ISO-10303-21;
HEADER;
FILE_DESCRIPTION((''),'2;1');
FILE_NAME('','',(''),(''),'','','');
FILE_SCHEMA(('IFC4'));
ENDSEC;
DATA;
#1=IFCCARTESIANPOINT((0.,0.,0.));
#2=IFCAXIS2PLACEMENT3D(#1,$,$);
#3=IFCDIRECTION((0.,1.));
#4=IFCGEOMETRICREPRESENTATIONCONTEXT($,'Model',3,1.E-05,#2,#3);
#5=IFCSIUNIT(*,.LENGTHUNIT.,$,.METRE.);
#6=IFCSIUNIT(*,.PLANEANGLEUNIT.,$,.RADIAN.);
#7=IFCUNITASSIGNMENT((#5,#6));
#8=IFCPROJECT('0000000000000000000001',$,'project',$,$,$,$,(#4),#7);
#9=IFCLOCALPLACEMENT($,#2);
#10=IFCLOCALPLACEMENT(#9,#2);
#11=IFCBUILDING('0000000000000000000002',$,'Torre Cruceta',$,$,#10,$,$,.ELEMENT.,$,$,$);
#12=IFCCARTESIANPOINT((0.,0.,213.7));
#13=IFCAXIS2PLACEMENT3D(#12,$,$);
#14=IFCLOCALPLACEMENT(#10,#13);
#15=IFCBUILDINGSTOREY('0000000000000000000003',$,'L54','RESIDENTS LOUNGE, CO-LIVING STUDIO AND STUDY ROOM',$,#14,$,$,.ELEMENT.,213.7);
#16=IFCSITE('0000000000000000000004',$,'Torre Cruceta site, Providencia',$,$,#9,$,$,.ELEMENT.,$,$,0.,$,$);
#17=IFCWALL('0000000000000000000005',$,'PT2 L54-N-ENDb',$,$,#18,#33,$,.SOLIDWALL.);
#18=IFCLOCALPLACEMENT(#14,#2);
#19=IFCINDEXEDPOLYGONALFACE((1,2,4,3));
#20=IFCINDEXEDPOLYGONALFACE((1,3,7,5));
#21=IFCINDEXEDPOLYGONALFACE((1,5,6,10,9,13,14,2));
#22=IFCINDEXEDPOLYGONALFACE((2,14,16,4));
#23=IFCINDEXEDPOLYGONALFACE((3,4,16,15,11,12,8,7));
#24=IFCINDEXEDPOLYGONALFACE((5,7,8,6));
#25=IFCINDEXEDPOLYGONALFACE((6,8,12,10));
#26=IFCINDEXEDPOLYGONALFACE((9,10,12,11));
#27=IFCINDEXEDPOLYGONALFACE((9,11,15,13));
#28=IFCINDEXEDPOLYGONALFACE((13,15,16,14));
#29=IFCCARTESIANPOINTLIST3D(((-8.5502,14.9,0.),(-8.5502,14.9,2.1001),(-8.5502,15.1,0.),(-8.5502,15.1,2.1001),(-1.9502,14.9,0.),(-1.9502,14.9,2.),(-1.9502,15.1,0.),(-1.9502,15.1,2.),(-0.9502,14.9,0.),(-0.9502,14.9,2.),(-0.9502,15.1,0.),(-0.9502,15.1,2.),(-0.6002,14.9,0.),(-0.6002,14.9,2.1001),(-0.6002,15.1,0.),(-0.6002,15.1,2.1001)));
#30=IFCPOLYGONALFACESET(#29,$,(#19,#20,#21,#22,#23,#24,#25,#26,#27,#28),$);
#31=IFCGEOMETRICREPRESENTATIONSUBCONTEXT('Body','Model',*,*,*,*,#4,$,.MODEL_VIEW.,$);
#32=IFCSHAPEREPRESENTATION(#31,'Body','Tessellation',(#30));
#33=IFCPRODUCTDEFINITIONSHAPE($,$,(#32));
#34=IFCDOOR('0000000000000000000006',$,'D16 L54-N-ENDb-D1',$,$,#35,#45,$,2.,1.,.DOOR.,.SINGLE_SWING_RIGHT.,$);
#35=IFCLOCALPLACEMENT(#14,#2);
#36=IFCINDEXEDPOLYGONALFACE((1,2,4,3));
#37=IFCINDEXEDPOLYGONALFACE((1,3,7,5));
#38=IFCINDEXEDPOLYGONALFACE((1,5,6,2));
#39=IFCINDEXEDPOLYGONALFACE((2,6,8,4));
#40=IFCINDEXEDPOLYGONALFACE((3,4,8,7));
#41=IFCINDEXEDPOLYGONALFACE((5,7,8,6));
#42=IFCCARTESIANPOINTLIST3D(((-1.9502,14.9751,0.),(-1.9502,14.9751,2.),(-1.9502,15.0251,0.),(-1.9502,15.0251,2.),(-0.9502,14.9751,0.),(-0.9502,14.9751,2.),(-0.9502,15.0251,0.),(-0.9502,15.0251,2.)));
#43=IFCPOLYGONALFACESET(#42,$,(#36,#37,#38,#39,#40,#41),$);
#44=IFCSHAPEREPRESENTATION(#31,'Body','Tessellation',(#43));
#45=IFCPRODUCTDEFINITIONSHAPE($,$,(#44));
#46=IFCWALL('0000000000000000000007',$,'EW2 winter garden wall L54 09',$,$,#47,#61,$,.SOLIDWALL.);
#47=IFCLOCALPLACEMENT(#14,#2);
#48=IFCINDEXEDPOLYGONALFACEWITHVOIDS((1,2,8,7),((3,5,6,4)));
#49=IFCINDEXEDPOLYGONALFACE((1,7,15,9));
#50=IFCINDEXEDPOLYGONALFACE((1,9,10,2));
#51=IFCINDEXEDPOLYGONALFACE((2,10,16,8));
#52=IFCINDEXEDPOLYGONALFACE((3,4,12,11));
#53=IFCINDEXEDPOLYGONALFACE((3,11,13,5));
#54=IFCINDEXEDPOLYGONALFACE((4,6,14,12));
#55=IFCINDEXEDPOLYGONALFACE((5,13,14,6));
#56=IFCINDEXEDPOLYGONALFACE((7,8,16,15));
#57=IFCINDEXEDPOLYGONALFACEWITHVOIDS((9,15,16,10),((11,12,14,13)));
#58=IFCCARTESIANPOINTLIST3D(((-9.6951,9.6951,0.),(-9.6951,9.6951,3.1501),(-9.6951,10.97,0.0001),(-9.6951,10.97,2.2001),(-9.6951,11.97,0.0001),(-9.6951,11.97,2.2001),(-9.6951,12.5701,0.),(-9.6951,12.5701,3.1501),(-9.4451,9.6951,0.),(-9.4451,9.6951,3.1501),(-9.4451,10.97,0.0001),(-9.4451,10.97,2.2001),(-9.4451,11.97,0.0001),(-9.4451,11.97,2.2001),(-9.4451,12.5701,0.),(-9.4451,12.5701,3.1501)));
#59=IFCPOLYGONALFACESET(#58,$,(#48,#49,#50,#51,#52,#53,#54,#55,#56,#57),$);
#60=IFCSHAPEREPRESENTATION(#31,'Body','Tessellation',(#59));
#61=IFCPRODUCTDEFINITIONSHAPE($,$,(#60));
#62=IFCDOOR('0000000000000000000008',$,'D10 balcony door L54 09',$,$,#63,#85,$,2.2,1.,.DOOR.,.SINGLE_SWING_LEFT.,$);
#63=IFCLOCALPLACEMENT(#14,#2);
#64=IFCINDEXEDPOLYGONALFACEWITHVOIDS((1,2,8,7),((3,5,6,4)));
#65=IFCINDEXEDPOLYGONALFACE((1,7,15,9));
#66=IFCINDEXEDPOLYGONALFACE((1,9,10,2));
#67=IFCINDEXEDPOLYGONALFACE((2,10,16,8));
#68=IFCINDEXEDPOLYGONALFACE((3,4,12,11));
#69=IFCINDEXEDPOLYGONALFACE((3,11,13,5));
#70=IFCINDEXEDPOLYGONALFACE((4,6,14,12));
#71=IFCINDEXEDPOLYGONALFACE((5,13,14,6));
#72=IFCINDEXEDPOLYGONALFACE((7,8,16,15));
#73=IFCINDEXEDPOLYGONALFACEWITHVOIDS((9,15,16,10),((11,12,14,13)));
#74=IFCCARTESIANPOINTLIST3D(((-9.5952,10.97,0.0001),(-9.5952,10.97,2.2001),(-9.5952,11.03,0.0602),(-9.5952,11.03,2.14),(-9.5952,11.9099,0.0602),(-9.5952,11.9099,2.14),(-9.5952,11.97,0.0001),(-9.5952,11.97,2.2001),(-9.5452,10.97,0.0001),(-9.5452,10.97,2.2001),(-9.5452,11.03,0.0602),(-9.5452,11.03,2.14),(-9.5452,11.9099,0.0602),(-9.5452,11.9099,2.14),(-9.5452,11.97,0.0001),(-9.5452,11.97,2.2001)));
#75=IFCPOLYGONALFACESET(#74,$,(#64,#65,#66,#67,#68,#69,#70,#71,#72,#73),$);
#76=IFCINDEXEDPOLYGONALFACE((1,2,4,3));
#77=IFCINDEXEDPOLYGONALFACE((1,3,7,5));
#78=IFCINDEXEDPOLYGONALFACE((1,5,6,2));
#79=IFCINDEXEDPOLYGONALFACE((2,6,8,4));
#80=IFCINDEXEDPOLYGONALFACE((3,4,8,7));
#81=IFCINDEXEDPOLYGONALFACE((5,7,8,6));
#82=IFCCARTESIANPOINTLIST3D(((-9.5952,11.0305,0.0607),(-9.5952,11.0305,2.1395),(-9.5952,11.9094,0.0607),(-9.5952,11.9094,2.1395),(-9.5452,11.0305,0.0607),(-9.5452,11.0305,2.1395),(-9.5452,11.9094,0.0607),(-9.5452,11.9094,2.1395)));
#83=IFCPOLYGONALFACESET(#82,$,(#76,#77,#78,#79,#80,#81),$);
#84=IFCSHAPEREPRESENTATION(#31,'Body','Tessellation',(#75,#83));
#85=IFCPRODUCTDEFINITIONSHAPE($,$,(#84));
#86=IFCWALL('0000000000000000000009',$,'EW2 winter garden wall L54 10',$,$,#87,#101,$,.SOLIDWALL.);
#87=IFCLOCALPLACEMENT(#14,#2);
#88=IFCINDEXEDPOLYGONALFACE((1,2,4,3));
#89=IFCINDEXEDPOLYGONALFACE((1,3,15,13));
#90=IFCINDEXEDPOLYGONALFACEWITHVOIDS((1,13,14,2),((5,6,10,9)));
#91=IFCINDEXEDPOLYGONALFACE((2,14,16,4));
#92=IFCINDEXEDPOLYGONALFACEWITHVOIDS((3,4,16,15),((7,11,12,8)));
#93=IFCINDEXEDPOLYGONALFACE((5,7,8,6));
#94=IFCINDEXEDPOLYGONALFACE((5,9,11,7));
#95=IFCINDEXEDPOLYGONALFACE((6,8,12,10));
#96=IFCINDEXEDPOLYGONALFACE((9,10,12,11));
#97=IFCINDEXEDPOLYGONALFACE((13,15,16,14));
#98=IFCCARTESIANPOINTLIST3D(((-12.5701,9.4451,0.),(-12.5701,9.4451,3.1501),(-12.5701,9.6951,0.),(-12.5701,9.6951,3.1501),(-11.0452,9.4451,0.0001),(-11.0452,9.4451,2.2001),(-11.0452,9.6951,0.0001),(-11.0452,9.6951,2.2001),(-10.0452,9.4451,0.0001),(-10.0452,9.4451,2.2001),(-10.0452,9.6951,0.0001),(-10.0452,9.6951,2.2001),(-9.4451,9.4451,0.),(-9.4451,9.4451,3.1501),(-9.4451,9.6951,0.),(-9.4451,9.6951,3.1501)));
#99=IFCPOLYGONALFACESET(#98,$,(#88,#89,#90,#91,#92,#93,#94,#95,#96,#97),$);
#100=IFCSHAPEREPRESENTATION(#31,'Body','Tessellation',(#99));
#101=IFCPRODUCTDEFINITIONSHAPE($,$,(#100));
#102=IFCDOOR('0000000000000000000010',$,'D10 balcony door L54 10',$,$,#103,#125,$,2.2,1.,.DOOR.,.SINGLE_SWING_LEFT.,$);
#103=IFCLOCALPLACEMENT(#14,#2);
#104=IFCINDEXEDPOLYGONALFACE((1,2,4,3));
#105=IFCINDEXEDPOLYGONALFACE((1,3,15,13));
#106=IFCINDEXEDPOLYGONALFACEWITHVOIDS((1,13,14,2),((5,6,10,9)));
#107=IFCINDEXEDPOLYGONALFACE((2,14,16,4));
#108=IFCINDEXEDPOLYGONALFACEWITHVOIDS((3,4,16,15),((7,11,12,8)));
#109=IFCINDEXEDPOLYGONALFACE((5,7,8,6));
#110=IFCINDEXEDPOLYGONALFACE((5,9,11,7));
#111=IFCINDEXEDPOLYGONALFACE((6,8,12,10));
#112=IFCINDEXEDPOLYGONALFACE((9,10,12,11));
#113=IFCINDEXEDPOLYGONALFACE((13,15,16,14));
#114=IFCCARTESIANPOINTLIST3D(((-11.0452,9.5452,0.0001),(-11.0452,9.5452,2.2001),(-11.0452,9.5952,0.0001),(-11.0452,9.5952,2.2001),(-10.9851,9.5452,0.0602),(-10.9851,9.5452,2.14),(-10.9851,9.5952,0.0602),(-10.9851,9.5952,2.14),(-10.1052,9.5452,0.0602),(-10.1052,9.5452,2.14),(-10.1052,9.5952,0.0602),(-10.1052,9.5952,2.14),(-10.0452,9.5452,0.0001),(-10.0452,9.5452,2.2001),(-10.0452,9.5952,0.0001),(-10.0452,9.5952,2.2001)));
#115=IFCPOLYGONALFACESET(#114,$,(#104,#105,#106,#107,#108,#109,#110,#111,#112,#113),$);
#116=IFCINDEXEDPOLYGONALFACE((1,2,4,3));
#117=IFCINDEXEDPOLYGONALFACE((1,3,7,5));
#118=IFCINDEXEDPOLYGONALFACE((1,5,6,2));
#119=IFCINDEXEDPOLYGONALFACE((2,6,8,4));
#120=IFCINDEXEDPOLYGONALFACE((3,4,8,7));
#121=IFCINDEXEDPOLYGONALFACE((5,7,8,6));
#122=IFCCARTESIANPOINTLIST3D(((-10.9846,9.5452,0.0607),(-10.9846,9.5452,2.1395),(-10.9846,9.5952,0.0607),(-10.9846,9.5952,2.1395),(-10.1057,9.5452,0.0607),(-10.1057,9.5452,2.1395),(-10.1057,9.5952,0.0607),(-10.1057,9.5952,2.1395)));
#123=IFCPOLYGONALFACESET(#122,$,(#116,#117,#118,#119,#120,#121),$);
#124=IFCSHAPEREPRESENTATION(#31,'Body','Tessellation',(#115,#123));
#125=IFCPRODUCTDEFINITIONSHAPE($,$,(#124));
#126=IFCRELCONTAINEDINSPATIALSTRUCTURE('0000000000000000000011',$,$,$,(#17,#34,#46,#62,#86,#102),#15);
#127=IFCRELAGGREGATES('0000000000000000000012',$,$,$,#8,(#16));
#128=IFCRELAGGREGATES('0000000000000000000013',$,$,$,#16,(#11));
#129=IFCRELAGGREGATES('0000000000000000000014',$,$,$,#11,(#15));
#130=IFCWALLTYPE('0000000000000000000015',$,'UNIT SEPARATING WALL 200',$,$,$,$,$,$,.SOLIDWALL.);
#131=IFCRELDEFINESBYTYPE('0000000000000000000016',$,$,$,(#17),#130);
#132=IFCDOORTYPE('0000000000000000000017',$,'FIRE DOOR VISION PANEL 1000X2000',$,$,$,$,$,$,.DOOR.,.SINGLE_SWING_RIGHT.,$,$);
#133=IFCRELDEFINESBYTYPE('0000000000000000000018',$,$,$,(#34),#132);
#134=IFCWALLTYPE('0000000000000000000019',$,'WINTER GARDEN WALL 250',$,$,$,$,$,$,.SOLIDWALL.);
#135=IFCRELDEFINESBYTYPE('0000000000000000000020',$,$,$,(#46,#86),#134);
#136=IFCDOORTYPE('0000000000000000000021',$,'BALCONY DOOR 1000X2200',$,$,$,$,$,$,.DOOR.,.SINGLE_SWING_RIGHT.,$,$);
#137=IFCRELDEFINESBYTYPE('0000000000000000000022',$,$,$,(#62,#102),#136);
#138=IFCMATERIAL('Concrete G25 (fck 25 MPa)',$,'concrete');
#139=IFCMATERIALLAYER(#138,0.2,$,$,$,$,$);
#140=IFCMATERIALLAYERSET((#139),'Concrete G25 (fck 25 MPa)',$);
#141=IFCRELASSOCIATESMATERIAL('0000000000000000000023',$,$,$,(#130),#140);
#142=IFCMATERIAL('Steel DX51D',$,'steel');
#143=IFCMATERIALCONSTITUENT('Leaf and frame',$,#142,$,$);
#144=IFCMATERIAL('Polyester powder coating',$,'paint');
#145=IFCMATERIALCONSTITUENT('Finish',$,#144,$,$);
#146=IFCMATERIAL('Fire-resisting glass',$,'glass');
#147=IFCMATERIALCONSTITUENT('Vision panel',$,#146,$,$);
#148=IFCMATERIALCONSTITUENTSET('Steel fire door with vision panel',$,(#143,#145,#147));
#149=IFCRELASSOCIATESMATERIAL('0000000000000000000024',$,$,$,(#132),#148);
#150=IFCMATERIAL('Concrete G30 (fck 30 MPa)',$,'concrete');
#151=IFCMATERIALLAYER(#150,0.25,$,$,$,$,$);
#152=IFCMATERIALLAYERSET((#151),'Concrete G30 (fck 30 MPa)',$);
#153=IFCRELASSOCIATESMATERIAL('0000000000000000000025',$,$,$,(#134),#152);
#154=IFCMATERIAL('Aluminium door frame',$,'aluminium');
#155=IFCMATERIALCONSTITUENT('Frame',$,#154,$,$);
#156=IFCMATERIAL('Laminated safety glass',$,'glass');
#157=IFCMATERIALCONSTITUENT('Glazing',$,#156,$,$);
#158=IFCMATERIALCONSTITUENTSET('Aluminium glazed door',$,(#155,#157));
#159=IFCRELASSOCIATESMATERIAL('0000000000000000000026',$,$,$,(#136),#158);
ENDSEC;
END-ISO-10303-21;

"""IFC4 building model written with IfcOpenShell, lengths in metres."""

from ifc_helpers import new_model, si_unit, direction, frame, frame_2d, origin, place, context, subcontext, project, spatial, rectangle, hollow_rectangle, extrude, material, layer, layer_set, constituent, constituent_set, type_object, element, fill, save


model = new_model("IFC4")

# Units and contexts
model_context = context("Model", 3, precision=1e-05, world=origin(), true_north=direction((0.0, 1.0)))
body_context = subcontext(model_context, "Body", "Model", "MODEL_VIEW")
ifc_project = project(units=[si_unit("LENGTHUNIT", "METRE"), si_unit("PLANEANGLEUNIT", "RADIAN")], contexts=[model_context])

# Site, building, storey
site_placement = place(None, origin())
site = spatial("IfcSite", under=ifc_project, at=site_placement, Name="Torre Cruceta site, Providencia", CompositionType="ELEMENT", RefElevation=0.0)
building_placement = place(site_placement, origin())
building = spatial("IfcBuilding", under=site, at=building_placement, Name="Torre Cruceta", CompositionType="ELEMENT")
storey_placement = place(building_placement, frame((0.0, 0.0, 213.7)))
storey = spatial("IfcBuildingStorey", under=building, at=storey_placement, Name="L54", Description="RESIDENTS LOUNGE, CO-LIVING STUDIO AND STUDY ROOM", CompositionType="ELEMENT", Elevation=213.7)

# Walls, openings, doors
ifc_material_1 = material(Name="Concrete G25 (fck 25 MPa)", Category="concrete")
ifc_layer_1 = layer(ifc_material_1, 0.2)
ifc_layer_set_1 = layer_set([ifc_layer_1], Name="Concrete G25 (fck 25 MPa)")
wall_type_1 = type_object("IfcWallType", Name="UNIT SEPARATING WALL 200", PredefinedType="SOLIDWALL", material=ifc_layer_set_1)
wall_1_placement = place(storey_placement, frame((-0.6001, 15.0, 0.0), z_axis=(0.0, 0.0, 1.0), x_axis=(-1.0, 0.0, 0.0)))
wall_1 = element("IfcWall", 1, at=wall_1_placement, inside=storey, type_object=wall_type_1, Name="PT2 L54-N-ENDb", PredefinedType="SOLIDWALL", context=body_context, shape_type="SweptSolid", body=[
    extrude(rectangle(XDim=7.95, YDim=0.2, at=frame_2d((3.9751, 0.0))), origin(), (0.0, 0.0, 1.0), 2.1001),
])
opening_1_placement = place(wall_1_placement, frame((0.3501, 0.0, 0.0)))
opening_1 = element("IfcOpeningElement", 2, at=opening_1_placement, cuts=wall_1, PredefinedType="OPENING", context=body_context, shape_type="SweptSolid", body=[
    extrude(rectangle(XDim=1.0, YDim=2.0, at=frame_2d((0.5, 1.0))), frame((0.0, 0.1099, 0.0), z_axis=(0.0, -1.0, 0.0), x_axis=(1.0, 0.0, 0.0)), (0.0, 0.0, 1.0), 0.22),
])
ifc_material_2 = material(Name="Steel DX51D", Category="steel")
ifc_constituent_1 = constituent(ifc_material_2, Name="Leaf and frame")
ifc_material_3 = material(Name="Polyester powder coating", Category="paint")
ifc_constituent_2 = constituent(ifc_material_3, Name="Finish")
ifc_material_4 = material(Name="Fire-resisting glass", Category="glass")
ifc_constituent_3 = constituent(ifc_material_4, Name="Vision panel")
ifc_constituent_set_1 = constituent_set(constituents=[ifc_constituent_1, ifc_constituent_2, ifc_constituent_3], Name="Steel fire door with vision panel")
door_type_1 = type_object("IfcDoorType", Name="FIRE DOOR VISION PANEL 1000X2000", OperationType="SINGLE_SWING_RIGHT", PredefinedType="DOOR", material=ifc_constituent_set_1)
door_1_placement = place(opening_1_placement, frame((1.0, 0.0, 0.0), z_axis=(0.0, 0.0, 1.0), x_axis=(-1.0, 0.0, 0.0)))
door_1 = element("IfcDoor", 3, at=door_1_placement, inside=storey, type_object=door_type_1, Name="D16 L54-N-ENDb-D1", OperationType="SINGLE_SWING_RIGHT", OverallHeight=2.0, OverallWidth=1.0, PredefinedType="DOOR", context=body_context, shape_type="SweptSolid", body=[
    extrude(rectangle(XDim=1.0, YDim=2.0, at=frame_2d((0.5, 1.0))), frame((0.0, 0.0251, 0.0), z_axis=(0.0, -1.0, 0.0), x_axis=(1.0, 0.0, 0.0)), (0.0, 0.0, 1.0), 0.05),
])
fill(opening_1, door_1)
ifc_material_5 = material(Name="Concrete G30 (fck 30 MPa)", Category="concrete")
ifc_layer_2 = layer(ifc_material_5, 0.25)
ifc_layer_set_2 = layer_set([ifc_layer_2], Name="Concrete G30 (fck 30 MPa)")
wall_type_2 = type_object("IfcWallType", Name="WINTER GARDEN WALL 250", PredefinedType="SOLIDWALL", material=ifc_layer_set_2)
wall_2_placement = place(storey_placement, frame((-9.5701, 12.5701, 0.0), z_axis=(0.0, 0.0, 1.0), x_axis=(0.0, -1.0, 0.0)))
wall_2 = element("IfcWall", 4, at=wall_2_placement, inside=storey, type_object=wall_type_2, Name="EW2 winter garden wall L54 09", PredefinedType="SOLIDWALL", context=body_context, shape_type="SweptSolid", body=[
    extrude(rectangle(XDim=2.875, YDim=0.25, at=frame_2d((1.4375, 0.0))), origin(), (0.0, 0.0, 1.0), 3.1501),
])
opening_2_placement = place(wall_2_placement, frame((0.6001, 0.0, 0.0)))
opening_2 = element("IfcOpeningElement", 5, at=opening_2_placement, cuts=wall_2, PredefinedType="OPENING", context=body_context, shape_type="SweptSolid", body=[
    extrude(rectangle(XDim=1.0, YDim=2.2, at=frame_2d((0.5, 1.1001))), frame((0.0, 0.135, 0.0), z_axis=(0.0, -1.0, 0.0), x_axis=(1.0, 0.0, 0.0)), (0.0, 0.0, 1.0), 0.27),
])
ifc_material_6 = material(Name="Aluminium door frame", Category="aluminium")
ifc_constituent_4 = constituent(ifc_material_6, Name="Frame")
ifc_material_7 = material(Name="Laminated safety glass", Category="glass")
ifc_constituent_5 = constituent(ifc_material_7, Name="Glazing")
ifc_constituent_set_2 = constituent_set(constituents=[ifc_constituent_4, ifc_constituent_5], Name="Aluminium glazed door")
door_type_2 = type_object("IfcDoorType", Name="BALCONY DOOR 1000X2200", OperationType="SINGLE_SWING_RIGHT", PredefinedType="DOOR", material=ifc_constituent_set_2)
door_2_placement = place(opening_2_placement, origin())
door_2 = element("IfcDoor", 6, at=door_2_placement, inside=storey, type_object=door_type_2, Name="D10 balcony door L54 09", OperationType="SINGLE_SWING_LEFT", OverallHeight=2.2, OverallWidth=1.0, PredefinedType="DOOR", context=body_context, shape_type="SweptSolid", body=[
    extrude(hollow_rectangle(XDim=1.0, YDim=2.2, WallThickness=0.0601, at=frame_2d((0.5, 1.1001))), frame((0.0, 0.0249, 0.0), z_axis=(0.0, -1.0, 0.0), x_axis=(1.0, 0.0, 0.0)), (0.0, 0.0, 1.0), 0.05),
    extrude(rectangle(XDim=0.8789, YDim=2.0789, at=frame_2d((0.5, 1.1001))), frame((0.0, 0.0249, 0.0), z_axis=(0.0, -1.0, 0.0), x_axis=(1.0, 0.0, 0.0)), (0.0, 0.0, 1.0), 0.05),
])
fill(opening_2, door_2)
wall_3_placement = place(storey_placement, frame((-9.4451, 9.5701, 0.0), z_axis=(0.0, 0.0, 1.0), x_axis=(-1.0, 0.0, 0.0)))
wall_3 = element("IfcWall", 7, at=wall_3_placement, inside=storey, type_object=wall_type_2, Name="EW2 winter garden wall L54 10", PredefinedType="SOLIDWALL", context=body_context, shape_type="SweptSolid", body=[
    extrude(rectangle(XDim=3.125, YDim=0.25, at=frame_2d((1.5625, 0.0))), origin(), (0.0, 0.0, 1.0), 3.1501),
])
opening_3_placement = place(wall_3_placement, frame((0.6001, 0.0, 0.0)))
opening_3 = element("IfcOpeningElement", 8, at=opening_3_placement, cuts=wall_3, PredefinedType="OPENING", context=body_context, shape_type="SweptSolid", body=[
    extrude(rectangle(XDim=1.0, YDim=2.2, at=frame_2d((0.5, 1.1001))), frame((0.0, 0.135, 0.0), z_axis=(0.0, -1.0, 0.0), x_axis=(1.0, 0.0, 0.0)), (0.0, 0.0, 1.0), 0.27),
])
door_3_placement = place(opening_3_placement, origin())
door_3 = element("IfcDoor", 9, at=door_3_placement, inside=storey, type_object=door_type_2, Name="D10 balcony door L54 10", OperationType="SINGLE_SWING_LEFT", OverallHeight=2.2, OverallWidth=1.0, PredefinedType="DOOR", context=body_context, shape_type="SweptSolid", body=[
    extrude(hollow_rectangle(XDim=1.0, YDim=2.2, WallThickness=0.0601, at=frame_2d((0.5, 1.1001))), frame((0.0, 0.0249, 0.0), z_axis=(0.0, -1.0, 0.0), x_axis=(1.0, 0.0, 0.0)), (0.0, 0.0, 1.0), 0.05),
    extrude(rectangle(XDim=0.8789, YDim=2.0789, at=frame_2d((0.5, 1.1001))), frame((0.0, 0.0249, 0.0), z_axis=(0.0, -1.0, 0.0), x_axis=(1.0, 0.0, 0.0)), (0.0, 0.0, 1.0), 0.05),
])
fill(opening_3, door_3)

save(model, "model.ifc")
